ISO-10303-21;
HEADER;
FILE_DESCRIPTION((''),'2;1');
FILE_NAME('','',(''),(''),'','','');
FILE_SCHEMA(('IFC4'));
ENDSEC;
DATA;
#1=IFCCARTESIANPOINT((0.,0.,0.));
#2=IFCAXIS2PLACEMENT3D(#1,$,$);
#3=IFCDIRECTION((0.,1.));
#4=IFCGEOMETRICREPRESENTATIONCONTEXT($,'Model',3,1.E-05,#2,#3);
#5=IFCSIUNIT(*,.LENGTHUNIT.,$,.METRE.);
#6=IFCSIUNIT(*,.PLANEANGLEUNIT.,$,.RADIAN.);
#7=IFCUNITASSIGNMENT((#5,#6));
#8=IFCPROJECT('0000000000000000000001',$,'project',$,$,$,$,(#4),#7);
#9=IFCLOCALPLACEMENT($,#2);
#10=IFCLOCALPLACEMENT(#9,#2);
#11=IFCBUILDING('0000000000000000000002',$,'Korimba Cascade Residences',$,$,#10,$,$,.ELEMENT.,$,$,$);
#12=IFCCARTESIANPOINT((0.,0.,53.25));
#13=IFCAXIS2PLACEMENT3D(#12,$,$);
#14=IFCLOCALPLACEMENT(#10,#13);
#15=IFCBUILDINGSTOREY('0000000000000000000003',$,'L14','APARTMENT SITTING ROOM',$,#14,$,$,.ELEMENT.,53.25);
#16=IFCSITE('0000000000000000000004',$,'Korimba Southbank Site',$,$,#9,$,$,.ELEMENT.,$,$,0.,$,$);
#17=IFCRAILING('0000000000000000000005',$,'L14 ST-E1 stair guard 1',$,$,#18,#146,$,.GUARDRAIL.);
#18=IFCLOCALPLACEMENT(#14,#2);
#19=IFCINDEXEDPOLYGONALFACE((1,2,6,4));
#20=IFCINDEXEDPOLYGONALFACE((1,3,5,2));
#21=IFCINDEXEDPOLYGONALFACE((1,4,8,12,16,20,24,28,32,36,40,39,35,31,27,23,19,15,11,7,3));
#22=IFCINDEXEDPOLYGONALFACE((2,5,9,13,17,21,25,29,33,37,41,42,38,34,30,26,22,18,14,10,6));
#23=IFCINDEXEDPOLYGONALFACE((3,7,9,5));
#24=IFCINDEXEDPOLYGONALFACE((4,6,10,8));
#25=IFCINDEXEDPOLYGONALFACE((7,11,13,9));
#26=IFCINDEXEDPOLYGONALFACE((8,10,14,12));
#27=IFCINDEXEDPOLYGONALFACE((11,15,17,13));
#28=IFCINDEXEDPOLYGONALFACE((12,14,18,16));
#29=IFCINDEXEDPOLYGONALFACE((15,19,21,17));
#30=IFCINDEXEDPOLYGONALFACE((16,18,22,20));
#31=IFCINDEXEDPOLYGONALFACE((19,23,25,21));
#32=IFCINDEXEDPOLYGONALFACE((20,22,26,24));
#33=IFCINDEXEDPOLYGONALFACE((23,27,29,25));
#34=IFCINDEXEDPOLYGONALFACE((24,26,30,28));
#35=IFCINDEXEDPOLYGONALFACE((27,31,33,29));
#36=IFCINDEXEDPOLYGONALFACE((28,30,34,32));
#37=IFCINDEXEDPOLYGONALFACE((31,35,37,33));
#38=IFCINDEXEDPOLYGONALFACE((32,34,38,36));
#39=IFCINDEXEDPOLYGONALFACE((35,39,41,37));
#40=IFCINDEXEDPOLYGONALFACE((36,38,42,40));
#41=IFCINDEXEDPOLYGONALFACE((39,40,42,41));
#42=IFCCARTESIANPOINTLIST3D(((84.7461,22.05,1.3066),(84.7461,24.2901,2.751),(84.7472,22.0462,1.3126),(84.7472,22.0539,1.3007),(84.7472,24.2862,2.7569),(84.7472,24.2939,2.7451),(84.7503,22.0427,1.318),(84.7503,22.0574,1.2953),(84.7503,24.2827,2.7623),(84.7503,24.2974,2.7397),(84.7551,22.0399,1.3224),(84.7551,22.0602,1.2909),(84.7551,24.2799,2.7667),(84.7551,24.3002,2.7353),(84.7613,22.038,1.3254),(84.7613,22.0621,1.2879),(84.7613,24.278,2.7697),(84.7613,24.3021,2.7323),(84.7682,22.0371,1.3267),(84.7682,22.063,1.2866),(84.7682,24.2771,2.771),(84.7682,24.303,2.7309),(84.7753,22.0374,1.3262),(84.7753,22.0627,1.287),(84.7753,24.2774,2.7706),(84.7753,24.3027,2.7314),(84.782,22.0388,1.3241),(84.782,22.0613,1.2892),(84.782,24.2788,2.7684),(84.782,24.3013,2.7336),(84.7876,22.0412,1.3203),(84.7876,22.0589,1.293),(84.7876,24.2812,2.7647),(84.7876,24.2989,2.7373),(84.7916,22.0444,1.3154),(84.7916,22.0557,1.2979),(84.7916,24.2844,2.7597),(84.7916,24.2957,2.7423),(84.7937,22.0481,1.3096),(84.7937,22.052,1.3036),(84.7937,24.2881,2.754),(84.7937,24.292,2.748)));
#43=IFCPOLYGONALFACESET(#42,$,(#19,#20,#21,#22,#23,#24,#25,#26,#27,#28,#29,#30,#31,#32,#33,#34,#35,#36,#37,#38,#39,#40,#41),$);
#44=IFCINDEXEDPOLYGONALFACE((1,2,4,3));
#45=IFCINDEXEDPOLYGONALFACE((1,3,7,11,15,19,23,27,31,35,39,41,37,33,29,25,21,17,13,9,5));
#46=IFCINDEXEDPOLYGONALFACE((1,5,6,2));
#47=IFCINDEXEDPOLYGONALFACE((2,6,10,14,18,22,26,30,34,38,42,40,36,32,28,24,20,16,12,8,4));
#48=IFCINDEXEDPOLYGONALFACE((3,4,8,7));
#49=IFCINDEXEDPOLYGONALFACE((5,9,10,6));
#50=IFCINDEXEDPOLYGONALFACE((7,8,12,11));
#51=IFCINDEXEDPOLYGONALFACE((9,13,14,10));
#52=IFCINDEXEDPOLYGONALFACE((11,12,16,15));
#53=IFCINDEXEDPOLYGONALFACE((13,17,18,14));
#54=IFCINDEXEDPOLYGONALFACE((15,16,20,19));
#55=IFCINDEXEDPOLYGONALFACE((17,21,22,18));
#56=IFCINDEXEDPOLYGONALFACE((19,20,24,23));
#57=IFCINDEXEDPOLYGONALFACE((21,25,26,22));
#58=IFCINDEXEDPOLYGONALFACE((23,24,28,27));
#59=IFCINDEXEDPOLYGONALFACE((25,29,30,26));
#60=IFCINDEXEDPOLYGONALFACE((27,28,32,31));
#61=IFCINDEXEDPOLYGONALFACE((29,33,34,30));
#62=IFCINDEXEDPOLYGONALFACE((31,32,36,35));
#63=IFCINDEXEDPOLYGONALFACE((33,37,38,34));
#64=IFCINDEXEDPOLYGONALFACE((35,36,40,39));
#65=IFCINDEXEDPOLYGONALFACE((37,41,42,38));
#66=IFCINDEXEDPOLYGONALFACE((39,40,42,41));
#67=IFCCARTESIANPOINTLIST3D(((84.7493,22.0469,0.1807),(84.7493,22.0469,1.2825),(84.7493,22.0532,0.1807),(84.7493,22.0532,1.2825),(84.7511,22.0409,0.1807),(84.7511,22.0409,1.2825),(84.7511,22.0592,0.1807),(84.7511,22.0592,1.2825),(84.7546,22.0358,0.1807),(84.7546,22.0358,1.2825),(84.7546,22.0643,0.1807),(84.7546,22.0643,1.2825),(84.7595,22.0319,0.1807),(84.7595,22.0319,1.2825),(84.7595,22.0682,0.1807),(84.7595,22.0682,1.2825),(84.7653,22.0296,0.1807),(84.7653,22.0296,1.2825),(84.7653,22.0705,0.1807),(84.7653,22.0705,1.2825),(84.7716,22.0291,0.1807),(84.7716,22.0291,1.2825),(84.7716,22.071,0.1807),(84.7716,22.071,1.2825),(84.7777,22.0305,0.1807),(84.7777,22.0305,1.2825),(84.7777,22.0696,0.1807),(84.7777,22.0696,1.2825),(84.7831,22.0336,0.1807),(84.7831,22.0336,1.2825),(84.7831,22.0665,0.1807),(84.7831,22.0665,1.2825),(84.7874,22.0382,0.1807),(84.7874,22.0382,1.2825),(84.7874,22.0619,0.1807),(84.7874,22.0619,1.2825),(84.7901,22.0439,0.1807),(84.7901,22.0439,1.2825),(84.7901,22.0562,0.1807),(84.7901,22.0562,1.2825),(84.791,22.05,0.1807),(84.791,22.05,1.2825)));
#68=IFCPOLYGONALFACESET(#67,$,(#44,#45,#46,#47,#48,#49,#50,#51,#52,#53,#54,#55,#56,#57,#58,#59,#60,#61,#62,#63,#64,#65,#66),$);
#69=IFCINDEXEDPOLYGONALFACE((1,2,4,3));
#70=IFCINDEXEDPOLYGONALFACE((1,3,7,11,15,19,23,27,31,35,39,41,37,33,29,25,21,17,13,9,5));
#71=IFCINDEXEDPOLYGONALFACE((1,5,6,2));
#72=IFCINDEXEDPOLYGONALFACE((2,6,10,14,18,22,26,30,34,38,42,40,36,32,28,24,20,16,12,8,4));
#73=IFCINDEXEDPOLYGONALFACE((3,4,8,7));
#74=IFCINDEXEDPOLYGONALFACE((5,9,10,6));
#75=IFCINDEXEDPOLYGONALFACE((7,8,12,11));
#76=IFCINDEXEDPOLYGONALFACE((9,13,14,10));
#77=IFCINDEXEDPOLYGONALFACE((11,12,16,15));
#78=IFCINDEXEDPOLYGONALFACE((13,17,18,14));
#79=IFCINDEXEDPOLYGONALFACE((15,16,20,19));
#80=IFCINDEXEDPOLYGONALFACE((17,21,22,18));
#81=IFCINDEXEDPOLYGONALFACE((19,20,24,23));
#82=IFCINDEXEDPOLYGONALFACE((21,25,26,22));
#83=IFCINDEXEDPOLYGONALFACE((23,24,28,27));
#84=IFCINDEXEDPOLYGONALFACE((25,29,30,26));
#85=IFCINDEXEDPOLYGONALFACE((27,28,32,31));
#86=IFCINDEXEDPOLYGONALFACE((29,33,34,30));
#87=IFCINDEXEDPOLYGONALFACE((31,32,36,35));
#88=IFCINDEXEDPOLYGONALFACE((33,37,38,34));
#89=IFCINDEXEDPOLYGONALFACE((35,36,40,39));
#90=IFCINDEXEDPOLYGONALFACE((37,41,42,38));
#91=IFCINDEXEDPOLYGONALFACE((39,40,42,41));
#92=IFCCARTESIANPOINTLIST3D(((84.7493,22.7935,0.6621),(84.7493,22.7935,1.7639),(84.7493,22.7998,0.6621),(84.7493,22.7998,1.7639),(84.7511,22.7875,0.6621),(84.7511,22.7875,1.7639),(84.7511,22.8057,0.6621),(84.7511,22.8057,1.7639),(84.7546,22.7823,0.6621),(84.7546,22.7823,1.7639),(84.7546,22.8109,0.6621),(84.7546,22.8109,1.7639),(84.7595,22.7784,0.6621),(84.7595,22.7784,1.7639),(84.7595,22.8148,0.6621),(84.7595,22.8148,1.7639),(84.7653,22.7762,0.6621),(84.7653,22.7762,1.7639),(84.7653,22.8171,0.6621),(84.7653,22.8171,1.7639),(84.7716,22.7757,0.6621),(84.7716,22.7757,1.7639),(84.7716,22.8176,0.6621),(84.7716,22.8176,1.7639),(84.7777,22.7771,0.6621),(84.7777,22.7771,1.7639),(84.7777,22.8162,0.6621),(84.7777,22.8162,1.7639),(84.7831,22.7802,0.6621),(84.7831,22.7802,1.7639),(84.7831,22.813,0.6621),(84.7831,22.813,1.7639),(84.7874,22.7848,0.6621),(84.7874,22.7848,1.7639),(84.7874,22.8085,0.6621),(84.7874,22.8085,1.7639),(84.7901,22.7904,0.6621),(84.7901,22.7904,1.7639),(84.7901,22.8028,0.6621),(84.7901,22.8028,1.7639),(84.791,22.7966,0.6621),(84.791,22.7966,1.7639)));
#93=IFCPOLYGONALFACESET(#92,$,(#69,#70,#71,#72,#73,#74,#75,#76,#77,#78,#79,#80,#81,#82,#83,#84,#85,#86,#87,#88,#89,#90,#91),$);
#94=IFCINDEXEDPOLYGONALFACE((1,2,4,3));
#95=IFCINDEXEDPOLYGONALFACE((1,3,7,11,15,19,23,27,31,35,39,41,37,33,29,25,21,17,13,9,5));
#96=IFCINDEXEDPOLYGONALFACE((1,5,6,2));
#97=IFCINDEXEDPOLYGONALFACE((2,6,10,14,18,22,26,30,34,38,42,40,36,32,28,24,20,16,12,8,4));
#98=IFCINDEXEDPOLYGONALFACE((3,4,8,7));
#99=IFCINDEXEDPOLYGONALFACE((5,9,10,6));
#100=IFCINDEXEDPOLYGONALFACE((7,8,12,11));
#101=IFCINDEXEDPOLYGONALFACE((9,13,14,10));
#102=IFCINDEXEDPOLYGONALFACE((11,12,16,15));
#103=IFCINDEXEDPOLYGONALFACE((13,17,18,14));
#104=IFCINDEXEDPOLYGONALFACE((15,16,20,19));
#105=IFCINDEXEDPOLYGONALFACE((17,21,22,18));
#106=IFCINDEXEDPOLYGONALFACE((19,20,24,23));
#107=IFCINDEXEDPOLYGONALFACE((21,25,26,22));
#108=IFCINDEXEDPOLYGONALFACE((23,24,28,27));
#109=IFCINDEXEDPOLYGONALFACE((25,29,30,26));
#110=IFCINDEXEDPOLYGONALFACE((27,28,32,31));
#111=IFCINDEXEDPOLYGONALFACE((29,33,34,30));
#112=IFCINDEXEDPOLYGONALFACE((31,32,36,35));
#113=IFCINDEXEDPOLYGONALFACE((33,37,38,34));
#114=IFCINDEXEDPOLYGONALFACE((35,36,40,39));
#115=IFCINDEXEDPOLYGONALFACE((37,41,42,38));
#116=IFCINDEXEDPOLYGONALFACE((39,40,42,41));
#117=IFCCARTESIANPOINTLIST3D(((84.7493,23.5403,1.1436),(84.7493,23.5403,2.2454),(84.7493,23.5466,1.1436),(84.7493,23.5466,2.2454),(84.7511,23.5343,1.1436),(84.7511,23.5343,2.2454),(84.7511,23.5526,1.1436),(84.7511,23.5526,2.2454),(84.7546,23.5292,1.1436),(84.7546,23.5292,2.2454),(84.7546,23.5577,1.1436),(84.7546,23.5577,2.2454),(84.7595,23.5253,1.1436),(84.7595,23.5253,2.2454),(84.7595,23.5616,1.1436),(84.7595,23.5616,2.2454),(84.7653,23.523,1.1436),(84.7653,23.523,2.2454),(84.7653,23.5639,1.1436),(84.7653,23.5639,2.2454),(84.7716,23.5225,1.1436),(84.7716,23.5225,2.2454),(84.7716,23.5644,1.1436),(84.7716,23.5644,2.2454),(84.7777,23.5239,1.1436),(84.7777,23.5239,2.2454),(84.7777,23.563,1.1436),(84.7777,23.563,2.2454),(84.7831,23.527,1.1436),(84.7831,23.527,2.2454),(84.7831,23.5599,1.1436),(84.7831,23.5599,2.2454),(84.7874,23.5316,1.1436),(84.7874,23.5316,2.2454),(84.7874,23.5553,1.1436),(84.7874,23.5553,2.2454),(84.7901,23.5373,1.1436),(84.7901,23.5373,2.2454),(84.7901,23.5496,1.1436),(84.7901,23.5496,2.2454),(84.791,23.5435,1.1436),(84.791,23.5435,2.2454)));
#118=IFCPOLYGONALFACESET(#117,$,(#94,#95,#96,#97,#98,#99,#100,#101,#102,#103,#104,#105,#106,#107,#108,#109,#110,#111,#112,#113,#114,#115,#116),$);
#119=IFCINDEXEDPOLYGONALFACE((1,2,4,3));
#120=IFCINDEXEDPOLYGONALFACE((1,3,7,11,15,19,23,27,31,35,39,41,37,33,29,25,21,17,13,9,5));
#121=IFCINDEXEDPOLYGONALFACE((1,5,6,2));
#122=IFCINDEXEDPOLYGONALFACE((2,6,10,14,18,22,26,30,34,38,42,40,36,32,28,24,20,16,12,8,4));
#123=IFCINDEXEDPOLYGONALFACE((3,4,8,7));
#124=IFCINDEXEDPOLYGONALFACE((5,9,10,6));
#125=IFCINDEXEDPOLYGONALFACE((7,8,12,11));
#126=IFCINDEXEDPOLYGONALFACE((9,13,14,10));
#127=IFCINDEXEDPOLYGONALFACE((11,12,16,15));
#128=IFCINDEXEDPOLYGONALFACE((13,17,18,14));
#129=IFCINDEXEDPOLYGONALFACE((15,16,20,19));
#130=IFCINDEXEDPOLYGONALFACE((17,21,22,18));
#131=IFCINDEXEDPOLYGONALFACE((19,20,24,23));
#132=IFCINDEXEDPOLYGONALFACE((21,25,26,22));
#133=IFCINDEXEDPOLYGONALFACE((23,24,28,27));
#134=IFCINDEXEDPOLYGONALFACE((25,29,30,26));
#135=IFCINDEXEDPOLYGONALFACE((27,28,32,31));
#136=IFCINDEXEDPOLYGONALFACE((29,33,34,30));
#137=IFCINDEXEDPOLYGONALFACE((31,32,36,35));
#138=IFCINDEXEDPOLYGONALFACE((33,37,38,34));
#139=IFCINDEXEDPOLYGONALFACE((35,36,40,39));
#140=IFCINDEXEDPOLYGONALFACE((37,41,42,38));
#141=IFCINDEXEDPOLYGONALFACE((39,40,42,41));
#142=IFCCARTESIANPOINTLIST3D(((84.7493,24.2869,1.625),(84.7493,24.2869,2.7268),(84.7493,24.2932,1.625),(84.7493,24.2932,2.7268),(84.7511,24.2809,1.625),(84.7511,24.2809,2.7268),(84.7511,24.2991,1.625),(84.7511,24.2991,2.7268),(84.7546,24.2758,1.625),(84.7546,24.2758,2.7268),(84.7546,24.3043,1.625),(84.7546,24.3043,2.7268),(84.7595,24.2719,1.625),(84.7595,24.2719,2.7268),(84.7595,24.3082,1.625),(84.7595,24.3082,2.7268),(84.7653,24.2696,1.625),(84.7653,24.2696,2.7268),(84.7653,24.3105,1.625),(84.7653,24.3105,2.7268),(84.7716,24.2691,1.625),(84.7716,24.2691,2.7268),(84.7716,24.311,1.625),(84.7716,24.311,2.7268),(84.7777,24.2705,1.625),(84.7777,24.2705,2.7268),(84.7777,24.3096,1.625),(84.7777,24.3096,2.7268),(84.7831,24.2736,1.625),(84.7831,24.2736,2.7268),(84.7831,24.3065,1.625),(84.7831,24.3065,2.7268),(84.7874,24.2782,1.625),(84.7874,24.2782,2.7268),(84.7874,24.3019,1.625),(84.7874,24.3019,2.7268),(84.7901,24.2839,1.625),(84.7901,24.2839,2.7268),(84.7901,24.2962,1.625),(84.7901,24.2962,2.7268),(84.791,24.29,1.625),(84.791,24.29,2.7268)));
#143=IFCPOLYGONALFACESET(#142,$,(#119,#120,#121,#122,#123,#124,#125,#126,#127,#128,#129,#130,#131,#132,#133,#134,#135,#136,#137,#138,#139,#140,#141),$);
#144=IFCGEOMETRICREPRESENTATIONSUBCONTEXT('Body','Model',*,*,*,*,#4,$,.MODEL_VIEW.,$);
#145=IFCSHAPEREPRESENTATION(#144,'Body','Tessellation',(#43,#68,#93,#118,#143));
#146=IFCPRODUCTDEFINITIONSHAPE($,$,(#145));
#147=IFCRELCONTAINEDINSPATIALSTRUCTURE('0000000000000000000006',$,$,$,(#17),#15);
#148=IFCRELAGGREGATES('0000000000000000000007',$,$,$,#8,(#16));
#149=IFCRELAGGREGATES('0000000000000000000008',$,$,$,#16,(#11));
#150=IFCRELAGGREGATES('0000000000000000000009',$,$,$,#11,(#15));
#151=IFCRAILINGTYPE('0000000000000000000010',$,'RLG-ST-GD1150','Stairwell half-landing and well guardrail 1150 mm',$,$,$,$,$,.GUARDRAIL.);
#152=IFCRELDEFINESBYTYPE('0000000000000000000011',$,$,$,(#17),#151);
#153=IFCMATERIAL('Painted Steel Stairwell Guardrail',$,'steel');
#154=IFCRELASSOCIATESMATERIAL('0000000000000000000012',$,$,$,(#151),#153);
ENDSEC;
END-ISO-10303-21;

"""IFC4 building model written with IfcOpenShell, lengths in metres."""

from ifc_helpers import new_model, si_unit, direction, frame, origin, origin_2d, place, context, subcontext, project, spatial, circle, extrude, material, type_object, element, save


model = new_model("IFC4")

# Units and contexts
model_context = context("Model", 3, precision=1e-05, world=origin(), true_north=direction((0.0, 1.0)))
body_context = subcontext(model_context, "Body", "Model", "MODEL_VIEW")
ifc_project = project(units=[si_unit("LENGTHUNIT", "METRE"), si_unit("PLANEANGLEUNIT", "RADIAN")], contexts=[model_context])

# Site, building, storey
site_placement = place(None, origin())
site = spatial("IfcSite", under=ifc_project, at=site_placement, Name="Korimba Southbank Site", CompositionType="ELEMENT", RefElevation=0.0)
building_placement = place(site_placement, origin())
building = spatial("IfcBuilding", under=site, at=building_placement, Name="Korimba Cascade Residences", CompositionType="ELEMENT")
storey_placement = place(building_placement, frame((0.0, 0.0, 53.25)))
storey = spatial("IfcBuildingStorey", under=building, at=storey_placement, Name="L14", Description="APARTMENT SITTING ROOM", CompositionType="ELEMENT", Elevation=53.25)

# Railing
ifc_material_1 = material(Name="Painted Steel Stairwell Guardrail", Category="steel")
railing_type_1 = type_object("IfcRailingType", Name="RLG-ST-GD1150", Description="Stairwell half-landing and well guardrail 1150 mm", PredefinedType="GUARDRAIL", material=ifc_material_1)
railing_1_placement = place(storey_placement, frame((84.77, 22.05, 0.1807)))
element("IfcRailing", 1, at=railing_1_placement, inside=storey, type_object=railing_type_1, Name="L14 ST-E1 stair guard 1", PredefinedType="GUARDRAIL", context=body_context, shape_type="SweptSolid", body=[
    extrude(circle(Radius=0.0239, at=origin_2d()), frame((0.0, 0.0, 1.126), z_axis=(0.0, 0.840437, 0.54191), x_axis=(-1.0, 0.0, 0.0)), (0.0, 0.0, 1.0), 2.6653),
    extrude(circle(Radius=0.021, at=origin_2d()), origin(), (0.0, 0.0, 1.0), 1.1018),
    extrude(circle(Radius=0.021, at=origin_2d()), frame((0.0, 0.7466, 0.4814)), (0.0, 0.0, 1.0), 1.1018),
    extrude(circle(Radius=0.021, at=origin_2d()), frame((0.0, 1.4934, 0.9629)), (0.0, 0.0, 1.0), 1.1018),
    extrude(circle(Radius=0.021, at=origin_2d()), frame((0.0, 2.24, 1.4443)), (0.0, 0.0, 1.0), 1.1018),
])

save(model, "model.ifc")
